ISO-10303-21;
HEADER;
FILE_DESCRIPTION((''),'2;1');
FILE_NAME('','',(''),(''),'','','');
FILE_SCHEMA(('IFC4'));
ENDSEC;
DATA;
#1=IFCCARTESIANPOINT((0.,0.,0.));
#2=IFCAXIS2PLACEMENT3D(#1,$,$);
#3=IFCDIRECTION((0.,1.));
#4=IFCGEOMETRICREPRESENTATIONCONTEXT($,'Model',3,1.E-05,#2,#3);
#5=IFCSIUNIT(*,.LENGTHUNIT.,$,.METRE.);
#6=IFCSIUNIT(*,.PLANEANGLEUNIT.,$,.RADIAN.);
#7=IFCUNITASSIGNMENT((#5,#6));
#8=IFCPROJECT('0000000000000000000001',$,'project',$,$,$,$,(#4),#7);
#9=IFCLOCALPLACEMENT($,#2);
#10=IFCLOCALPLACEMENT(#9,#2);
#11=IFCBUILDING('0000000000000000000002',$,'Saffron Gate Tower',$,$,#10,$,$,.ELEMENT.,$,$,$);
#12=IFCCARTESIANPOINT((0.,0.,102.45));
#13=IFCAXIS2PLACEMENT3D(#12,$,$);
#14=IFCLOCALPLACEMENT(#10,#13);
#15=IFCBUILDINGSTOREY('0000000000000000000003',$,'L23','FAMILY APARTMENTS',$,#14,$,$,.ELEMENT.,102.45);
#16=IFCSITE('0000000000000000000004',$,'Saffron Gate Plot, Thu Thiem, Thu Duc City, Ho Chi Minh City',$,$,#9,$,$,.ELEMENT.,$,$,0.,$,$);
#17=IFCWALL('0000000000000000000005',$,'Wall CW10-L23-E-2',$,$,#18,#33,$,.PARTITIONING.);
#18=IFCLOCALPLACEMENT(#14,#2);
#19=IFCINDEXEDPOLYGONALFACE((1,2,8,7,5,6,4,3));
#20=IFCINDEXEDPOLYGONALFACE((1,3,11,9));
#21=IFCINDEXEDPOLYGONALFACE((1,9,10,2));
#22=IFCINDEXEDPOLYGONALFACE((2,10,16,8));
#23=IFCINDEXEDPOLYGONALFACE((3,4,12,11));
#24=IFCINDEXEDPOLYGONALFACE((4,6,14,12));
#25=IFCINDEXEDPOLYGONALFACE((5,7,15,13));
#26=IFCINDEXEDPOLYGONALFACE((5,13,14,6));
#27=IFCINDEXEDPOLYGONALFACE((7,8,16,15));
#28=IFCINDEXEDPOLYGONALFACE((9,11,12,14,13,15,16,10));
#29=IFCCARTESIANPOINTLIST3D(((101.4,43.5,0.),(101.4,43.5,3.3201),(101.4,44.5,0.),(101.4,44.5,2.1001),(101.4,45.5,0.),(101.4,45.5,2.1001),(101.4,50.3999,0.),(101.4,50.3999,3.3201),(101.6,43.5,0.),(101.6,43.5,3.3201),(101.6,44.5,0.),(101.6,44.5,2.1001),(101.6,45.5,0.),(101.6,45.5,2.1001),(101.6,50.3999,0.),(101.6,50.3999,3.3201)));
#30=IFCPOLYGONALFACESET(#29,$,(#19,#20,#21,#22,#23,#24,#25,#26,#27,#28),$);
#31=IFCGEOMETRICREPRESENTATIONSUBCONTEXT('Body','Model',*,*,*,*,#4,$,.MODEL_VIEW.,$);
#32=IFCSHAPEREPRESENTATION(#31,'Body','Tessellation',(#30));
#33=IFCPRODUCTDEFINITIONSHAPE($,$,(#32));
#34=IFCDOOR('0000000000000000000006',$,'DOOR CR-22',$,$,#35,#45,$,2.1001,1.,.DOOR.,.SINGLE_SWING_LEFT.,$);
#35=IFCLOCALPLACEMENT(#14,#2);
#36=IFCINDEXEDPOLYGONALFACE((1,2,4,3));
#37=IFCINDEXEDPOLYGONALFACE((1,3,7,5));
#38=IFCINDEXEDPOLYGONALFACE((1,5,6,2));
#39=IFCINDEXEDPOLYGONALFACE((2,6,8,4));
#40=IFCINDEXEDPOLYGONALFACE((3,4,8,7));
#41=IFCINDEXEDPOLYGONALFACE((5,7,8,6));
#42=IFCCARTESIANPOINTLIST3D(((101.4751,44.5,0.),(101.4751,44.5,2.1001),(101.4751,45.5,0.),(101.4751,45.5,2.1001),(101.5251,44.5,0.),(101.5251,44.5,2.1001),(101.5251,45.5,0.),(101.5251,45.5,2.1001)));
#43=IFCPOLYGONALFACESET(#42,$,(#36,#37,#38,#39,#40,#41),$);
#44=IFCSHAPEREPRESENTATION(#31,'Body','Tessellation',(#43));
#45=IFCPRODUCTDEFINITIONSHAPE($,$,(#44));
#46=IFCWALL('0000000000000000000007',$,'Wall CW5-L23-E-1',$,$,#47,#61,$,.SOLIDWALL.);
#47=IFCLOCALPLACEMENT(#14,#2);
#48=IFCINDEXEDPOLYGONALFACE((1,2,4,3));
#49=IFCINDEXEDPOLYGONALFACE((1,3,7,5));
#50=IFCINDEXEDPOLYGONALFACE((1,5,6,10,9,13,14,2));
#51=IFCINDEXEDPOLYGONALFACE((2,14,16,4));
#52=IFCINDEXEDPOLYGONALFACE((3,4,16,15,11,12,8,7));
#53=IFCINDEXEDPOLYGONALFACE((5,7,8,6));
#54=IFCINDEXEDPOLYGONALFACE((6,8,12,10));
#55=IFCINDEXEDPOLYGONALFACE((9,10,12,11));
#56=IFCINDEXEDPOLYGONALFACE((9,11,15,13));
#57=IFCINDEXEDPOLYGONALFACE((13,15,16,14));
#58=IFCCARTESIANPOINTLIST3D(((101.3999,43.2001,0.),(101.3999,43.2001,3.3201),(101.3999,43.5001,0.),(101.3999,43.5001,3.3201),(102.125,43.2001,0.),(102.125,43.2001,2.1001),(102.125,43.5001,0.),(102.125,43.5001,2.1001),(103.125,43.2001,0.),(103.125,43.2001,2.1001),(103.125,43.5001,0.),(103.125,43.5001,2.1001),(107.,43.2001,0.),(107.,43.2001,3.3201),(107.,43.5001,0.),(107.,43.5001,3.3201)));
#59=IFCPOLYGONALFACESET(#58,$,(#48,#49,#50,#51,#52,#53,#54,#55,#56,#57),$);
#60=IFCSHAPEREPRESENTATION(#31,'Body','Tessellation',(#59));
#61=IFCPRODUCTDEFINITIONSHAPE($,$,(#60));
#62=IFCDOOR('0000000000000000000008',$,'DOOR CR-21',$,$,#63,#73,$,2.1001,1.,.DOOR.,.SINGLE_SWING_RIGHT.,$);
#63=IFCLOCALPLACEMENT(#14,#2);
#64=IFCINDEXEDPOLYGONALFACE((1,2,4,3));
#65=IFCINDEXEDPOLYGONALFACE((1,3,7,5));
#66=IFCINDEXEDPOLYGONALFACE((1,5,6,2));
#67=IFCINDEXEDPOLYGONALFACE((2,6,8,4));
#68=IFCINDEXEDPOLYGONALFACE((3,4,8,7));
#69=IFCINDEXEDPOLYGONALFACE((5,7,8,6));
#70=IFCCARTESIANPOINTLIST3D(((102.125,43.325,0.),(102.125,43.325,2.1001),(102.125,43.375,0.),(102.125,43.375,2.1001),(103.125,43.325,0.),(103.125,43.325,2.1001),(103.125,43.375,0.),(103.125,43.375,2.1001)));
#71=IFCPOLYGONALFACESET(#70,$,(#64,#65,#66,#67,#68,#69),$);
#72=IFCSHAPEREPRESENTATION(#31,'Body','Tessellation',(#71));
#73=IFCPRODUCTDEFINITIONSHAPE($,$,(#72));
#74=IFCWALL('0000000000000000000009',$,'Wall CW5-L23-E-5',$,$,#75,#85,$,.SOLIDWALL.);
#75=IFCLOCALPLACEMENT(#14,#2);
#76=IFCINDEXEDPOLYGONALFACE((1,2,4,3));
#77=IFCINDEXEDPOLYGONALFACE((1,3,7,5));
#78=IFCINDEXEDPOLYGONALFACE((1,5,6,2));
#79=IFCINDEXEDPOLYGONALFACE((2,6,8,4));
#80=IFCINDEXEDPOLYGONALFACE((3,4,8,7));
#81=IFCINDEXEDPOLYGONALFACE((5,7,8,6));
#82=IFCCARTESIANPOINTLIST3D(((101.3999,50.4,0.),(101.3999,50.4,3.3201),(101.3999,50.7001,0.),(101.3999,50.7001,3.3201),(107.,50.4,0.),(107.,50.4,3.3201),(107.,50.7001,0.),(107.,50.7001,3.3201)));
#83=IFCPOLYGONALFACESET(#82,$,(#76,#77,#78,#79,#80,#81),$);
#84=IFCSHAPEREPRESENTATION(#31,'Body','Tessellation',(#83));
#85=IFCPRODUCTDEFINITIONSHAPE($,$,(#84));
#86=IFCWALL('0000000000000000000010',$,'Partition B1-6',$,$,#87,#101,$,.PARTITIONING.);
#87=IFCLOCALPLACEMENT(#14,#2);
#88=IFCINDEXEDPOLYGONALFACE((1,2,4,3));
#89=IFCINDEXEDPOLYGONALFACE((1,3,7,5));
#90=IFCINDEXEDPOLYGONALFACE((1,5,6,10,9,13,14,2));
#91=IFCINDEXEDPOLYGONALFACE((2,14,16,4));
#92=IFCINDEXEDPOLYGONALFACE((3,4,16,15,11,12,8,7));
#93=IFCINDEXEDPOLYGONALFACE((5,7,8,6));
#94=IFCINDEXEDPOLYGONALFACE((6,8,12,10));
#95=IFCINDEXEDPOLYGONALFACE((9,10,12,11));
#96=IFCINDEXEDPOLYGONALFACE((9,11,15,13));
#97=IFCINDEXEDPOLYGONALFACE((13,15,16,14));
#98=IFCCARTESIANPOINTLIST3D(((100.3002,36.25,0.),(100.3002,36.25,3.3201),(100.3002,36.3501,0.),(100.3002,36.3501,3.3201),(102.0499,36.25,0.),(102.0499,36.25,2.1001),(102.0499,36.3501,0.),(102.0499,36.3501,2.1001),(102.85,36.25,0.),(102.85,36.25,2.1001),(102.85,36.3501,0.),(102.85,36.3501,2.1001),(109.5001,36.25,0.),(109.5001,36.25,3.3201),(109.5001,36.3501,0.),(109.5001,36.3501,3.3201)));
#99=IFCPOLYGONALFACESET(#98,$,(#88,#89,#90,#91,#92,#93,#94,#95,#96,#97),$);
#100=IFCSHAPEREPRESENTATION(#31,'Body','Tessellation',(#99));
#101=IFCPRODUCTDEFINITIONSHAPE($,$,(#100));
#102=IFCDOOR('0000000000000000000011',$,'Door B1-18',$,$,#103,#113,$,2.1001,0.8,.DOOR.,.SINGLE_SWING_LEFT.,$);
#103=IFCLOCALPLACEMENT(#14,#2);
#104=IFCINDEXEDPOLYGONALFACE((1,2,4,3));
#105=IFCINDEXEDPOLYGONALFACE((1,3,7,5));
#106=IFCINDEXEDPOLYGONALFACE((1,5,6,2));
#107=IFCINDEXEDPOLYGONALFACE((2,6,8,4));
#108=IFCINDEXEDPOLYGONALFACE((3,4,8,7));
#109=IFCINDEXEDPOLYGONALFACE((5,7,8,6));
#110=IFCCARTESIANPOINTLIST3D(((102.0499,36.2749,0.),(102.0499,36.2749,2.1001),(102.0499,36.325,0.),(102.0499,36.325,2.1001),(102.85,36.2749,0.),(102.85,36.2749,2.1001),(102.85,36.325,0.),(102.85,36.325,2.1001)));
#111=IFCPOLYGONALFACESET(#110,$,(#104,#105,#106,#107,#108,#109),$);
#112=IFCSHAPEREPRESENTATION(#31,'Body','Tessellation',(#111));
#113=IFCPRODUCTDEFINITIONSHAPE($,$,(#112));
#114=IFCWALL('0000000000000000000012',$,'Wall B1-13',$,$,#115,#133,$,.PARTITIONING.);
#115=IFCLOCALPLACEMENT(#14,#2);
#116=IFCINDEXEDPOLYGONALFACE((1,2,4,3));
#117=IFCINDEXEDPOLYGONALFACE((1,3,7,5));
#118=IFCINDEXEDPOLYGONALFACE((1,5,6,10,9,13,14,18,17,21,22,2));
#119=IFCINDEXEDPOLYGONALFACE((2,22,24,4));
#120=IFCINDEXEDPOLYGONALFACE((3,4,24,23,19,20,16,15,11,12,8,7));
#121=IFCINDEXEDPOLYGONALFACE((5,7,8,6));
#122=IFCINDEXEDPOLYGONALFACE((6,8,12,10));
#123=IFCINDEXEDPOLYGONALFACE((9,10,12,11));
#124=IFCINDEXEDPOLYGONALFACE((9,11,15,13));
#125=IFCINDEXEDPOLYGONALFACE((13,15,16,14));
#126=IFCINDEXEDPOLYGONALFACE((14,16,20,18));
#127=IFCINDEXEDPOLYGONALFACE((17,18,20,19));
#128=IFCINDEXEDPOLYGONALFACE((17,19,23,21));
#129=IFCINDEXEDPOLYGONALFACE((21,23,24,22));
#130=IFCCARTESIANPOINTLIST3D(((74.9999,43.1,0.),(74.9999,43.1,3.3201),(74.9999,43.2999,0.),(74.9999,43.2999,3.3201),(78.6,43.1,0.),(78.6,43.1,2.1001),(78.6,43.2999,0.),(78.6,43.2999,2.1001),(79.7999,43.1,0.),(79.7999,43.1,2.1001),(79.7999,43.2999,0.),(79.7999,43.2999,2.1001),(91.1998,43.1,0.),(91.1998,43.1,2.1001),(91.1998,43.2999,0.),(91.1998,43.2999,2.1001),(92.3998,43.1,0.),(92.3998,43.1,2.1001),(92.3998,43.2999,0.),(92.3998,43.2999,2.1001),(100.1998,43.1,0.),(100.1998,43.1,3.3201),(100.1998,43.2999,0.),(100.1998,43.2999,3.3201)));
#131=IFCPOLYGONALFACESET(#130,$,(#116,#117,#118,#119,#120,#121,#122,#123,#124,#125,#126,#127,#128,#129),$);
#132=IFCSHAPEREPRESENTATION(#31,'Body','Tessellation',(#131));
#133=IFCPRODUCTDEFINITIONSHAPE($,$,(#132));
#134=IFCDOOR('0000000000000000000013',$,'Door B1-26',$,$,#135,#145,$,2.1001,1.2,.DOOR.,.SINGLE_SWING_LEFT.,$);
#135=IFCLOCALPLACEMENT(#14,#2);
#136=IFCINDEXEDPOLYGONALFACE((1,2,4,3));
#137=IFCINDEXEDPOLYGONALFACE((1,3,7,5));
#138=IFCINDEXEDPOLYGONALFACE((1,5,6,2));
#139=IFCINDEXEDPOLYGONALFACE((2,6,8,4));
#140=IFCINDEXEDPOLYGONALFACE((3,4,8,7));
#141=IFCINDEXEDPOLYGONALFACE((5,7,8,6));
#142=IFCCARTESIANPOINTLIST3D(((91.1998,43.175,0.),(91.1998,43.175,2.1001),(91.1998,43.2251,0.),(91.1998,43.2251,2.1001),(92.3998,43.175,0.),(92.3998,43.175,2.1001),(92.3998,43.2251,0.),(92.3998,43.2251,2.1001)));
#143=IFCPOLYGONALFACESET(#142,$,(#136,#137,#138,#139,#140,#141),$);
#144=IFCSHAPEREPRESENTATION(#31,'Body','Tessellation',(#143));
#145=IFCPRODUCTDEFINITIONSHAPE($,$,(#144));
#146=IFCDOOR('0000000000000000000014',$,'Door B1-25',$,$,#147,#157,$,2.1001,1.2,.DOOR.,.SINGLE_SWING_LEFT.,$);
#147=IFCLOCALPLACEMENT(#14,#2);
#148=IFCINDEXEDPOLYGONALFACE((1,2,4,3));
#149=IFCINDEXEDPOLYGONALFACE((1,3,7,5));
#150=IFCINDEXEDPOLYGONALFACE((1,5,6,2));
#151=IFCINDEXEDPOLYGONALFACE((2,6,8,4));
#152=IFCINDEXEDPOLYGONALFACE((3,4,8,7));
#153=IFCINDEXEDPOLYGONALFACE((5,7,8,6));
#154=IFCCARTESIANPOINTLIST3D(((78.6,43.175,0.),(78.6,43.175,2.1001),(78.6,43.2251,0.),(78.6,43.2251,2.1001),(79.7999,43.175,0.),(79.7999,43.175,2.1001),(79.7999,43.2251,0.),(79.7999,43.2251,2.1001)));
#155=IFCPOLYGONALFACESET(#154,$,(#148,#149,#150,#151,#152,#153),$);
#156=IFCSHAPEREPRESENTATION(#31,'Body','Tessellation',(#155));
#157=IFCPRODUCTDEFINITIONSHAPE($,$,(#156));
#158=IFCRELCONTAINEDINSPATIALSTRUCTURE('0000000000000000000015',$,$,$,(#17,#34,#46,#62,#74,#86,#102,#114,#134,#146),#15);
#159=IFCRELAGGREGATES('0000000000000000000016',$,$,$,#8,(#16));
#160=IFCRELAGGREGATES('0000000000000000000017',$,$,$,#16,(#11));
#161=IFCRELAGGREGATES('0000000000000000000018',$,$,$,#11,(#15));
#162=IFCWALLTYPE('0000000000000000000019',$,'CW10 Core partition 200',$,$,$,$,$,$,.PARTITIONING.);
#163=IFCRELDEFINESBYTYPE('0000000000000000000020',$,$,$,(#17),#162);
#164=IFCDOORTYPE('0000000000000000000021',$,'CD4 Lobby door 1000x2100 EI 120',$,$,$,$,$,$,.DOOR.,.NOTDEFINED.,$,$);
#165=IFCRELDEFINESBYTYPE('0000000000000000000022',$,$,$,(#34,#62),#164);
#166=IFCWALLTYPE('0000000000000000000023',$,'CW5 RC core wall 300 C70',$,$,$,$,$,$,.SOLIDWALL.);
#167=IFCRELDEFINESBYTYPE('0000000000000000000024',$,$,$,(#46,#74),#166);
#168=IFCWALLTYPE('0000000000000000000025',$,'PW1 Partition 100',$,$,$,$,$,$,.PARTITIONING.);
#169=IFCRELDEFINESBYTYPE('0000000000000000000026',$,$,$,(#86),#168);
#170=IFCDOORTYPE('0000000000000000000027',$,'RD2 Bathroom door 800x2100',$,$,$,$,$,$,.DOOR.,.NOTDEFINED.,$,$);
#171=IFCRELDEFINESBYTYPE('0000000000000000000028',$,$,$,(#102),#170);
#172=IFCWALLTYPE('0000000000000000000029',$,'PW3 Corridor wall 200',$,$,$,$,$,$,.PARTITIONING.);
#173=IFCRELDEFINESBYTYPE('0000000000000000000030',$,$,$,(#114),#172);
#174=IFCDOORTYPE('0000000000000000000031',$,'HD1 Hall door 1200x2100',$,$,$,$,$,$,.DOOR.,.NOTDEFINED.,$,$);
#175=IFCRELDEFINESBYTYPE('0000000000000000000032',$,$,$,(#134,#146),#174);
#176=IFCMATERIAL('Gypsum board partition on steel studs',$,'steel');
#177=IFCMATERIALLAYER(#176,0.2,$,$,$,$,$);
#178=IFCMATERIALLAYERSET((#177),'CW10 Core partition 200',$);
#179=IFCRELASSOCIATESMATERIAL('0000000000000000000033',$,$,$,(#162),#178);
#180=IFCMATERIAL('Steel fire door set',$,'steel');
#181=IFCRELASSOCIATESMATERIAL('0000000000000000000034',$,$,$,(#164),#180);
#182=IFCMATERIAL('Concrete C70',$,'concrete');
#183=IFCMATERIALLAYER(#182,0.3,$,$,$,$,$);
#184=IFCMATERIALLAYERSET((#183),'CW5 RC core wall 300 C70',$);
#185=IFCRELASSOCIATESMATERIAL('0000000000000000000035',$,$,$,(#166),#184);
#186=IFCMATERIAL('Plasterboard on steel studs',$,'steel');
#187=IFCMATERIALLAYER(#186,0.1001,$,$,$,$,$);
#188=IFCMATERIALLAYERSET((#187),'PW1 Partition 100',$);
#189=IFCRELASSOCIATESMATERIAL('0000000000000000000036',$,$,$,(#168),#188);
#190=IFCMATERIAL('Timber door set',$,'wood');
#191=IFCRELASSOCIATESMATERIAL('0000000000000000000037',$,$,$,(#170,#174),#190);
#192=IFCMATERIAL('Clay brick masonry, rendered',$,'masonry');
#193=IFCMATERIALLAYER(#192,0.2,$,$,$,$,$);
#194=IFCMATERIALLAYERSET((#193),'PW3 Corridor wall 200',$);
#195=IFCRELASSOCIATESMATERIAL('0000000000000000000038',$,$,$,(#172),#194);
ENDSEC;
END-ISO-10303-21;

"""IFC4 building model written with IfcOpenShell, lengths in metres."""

from ifc_helpers import new_model, si_unit, direction, frame, frame_2d, origin, place, context, subcontext, project, spatial, rectangle, extrude, material, layer, layer_set, type_object, element, fill, save


model = new_model("IFC4")

# Units and contexts
model_context = context("Model", 3, precision=1e-05, world=origin(), true_north=direction((0.0, 1.0)))
body_context = subcontext(model_context, "Body", "Model", "MODEL_VIEW")
ifc_project = project(units=[si_unit("LENGTHUNIT", "METRE"), si_unit("PLANEANGLEUNIT", "RADIAN")], contexts=[model_context])

# Site, building, storey
site_placement = place(None, origin())
site = spatial("IfcSite", under=ifc_project, at=site_placement, Name="Saffron Gate Plot, Thu Thiem, Thu Duc City, Ho Chi Minh City", CompositionType="ELEMENT", RefElevation=0.0)
building_placement = place(site_placement, origin())
building = spatial("IfcBuilding", under=site, at=building_placement, Name="Saffron Gate Tower", CompositionType="ELEMENT")
storey_placement = place(building_placement, frame((0.0, 0.0, 102.45)))
storey = spatial("IfcBuildingStorey", under=building, at=storey_placement, Name="L23", Description="FAMILY APARTMENTS", CompositionType="ELEMENT", Elevation=102.45)

# Walls, openings, doors
ifc_material_1 = material(Name="Gypsum board partition on steel studs", Category="steel")
ifc_layer_1 = layer(ifc_material_1, 0.2)
ifc_layer_set_1 = layer_set([ifc_layer_1], Name="CW10 Core partition 200")
wall_type_1 = type_object("IfcWallType", Name="CW10 Core partition 200", PredefinedType="PARTITIONING", material=ifc_layer_set_1)
wall_1_placement = place(storey_placement, frame((101.5, 43.5, 0.0), z_axis=(0.0, 0.0, 1.0), x_axis=(0.0, 1.0, 0.0)))
wall_1 = element("IfcWall", 1, at=wall_1_placement, inside=storey, type_object=wall_type_1, Name="Wall CW10-L23-E-2", PredefinedType="PARTITIONING", context=body_context, shape_type="SweptSolid", body=[
    extrude(rectangle(XDim=6.8999, YDim=0.2, at=frame_2d((3.45, 0.0))), origin(), (0.0, 0.0, 1.0), 3.3201),
])
opening_1_placement = place(wall_1_placement, frame((1.0, 0.0, 0.0)))
opening_1 = element("IfcOpeningElement", 2, at=opening_1_placement, cuts=wall_1, PredefinedType="OPENING", context=body_context, shape_type="SweptSolid", body=[
    extrude(rectangle(XDim=1.0, YDim=2.1001, at=frame_2d((0.5, 1.05))), frame((0.0, 0.1099, 0.0), z_axis=(0.0, -1.0, 0.0), x_axis=(1.0, 0.0, 0.0)), (0.0, 0.0, 1.0), 0.22),
])
ifc_material_2 = material(Name="Steel fire door set", Category="steel")
door_type_1 = type_object("IfcDoorType", Name="CD4 Lobby door 1000x2100 EI 120", OperationType="NOTDEFINED", PredefinedType="DOOR", material=ifc_material_2)
door_1_placement = place(opening_1_placement, origin())
door_1 = element("IfcDoor", 3, at=door_1_placement, inside=storey, type_object=door_type_1, Name="DOOR CR-22", OperationType="SINGLE_SWING_LEFT", OverallHeight=2.1001, OverallWidth=1.0, PredefinedType="DOOR", context=body_context, shape_type="SweptSolid", body=[
    extrude(rectangle(XDim=1.0, YDim=2.1001, at=frame_2d((0.5, 1.05))), frame((0.0, 0.0249, 0.0), z_axis=(0.0, -1.0, 0.0), x_axis=(1.0, 0.0, 0.0)), (0.0, 0.0, 1.0), 0.05),
])
fill(opening_1, door_1)
ifc_material_3 = material(Name="Concrete C70", Category="concrete")
ifc_layer_2 = layer(ifc_material_3, 0.3)
ifc_layer_set_2 = layer_set([ifc_layer_2], Name="CW5 RC core wall 300 C70")
wall_type_2 = type_object("IfcWallType", Name="CW5 RC core wall 300 C70", PredefinedType="SOLIDWALL", material=ifc_layer_set_2)
wall_2_placement = place(storey_placement, frame((101.3999, 43.3501, 0.0), z_axis=(0.0, 0.0, 1.0), x_axis=(1.0, 0.0, 0.0)))
wall_2 = element("IfcWall", 4, at=wall_2_placement, inside=storey, type_object=wall_type_2, Name="Wall CW5-L23-E-1", PredefinedType="SOLIDWALL", context=body_context, shape_type="SweptSolid", body=[
    extrude(rectangle(XDim=5.6001, YDim=0.3, at=frame_2d((2.8, 0.0))), origin(), (0.0, 0.0, 1.0), 3.3201),
])
opening_2_placement = place(wall_2_placement, frame((0.7251, 0.0, 0.0)))
opening_2 = element("IfcOpeningElement", 5, at=opening_2_placement, cuts=wall_2, PredefinedType="OPENING", context=body_context, shape_type="SweptSolid", body=[
    extrude(rectangle(XDim=1.0, YDim=2.1001, at=frame_2d((0.5, 1.05))), frame((0.0, 0.1602, 0.0), z_axis=(0.0, -1.0, 0.0), x_axis=(1.0, 0.0, 0.0)), (0.0, 0.0, 1.0), 0.3201),
])
door_2_placement = place(opening_2_placement, origin())
door_2 = element("IfcDoor", 6, at=door_2_placement, inside=storey, type_object=door_type_1, Name="DOOR CR-21", OperationType="SINGLE_SWING_RIGHT", OverallHeight=2.1001, OverallWidth=1.0, PredefinedType="DOOR", context=body_context, shape_type="SweptSolid", body=[
    extrude(rectangle(XDim=1.0, YDim=2.1001, at=frame_2d((0.5, 1.05))), frame((0.0, 0.0249, 0.0), z_axis=(0.0, -1.0, 0.0), x_axis=(1.0, 0.0, 0.0)), (0.0, 0.0, 1.0), 0.05),
])
fill(opening_2, door_2)

# Wall
wall_3_placement = place(storey_placement, frame((101.3999, 50.55, 0.0), z_axis=(0.0, 0.0, 1.0), x_axis=(1.0, 0.0, 0.0)))
element("IfcWall", 7, at=wall_3_placement, inside=storey, type_object=wall_type_2, Name="Wall CW5-L23-E-5", PredefinedType="SOLIDWALL", context=body_context, shape_type="SweptSolid", body=[
    extrude(rectangle(XDim=5.6001, YDim=0.3, at=frame_2d((2.8, 0.0))), origin(), (0.0, 0.0, 1.0), 3.3201),
])

# Wall, opening, door
ifc_material_4 = material(Name="Plasterboard on steel studs", Category="steel")
ifc_layer_3 = layer(ifc_material_4, 0.1001)
ifc_layer_set_3 = layer_set([ifc_layer_3], Name="PW1 Partition 100")
wall_type_3 = type_object("IfcWallType", Name="PW1 Partition 100", PredefinedType="PARTITIONING", material=ifc_layer_set_3)
wall_4_placement = place(storey_placement, frame((100.3, 36.3, 0.0), z_axis=(0.0, 0.0, 1.0), x_axis=(1.0, 0.0, 0.0)))
wall_4 = element("IfcWall", 8, at=wall_4_placement, inside=storey, type_object=wall_type_3, Name="Partition B1-6", PredefinedType="PARTITIONING", context=body_context, shape_type="SweptSolid", body=[
    extrude(rectangle(XDim=9.2, YDim=0.1001, at=frame_2d((4.6001, 0.0))), origin(), (0.0, 0.0, 1.0), 3.3201),
])
opening_3_placement = place(wall_4_placement, frame((1.75, 0.0, 0.0)))
opening_3 = element("IfcOpeningElement", 9, at=opening_3_placement, cuts=wall_4, PredefinedType="OPENING", context=body_context, shape_type="SweptSolid", body=[
    extrude(rectangle(XDim=0.8, YDim=2.1001, at=frame_2d((0.3999, 1.05))), frame((0.0, 0.0601, 0.0), z_axis=(0.0, -1.0, 0.0), x_axis=(1.0, 0.0, 0.0)), (0.0, 0.0, 1.0), 0.1201),
])
ifc_material_5 = material(Name="Timber door set", Category="wood")
door_type_2 = type_object("IfcDoorType", Name="RD2 Bathroom door 800x2100", OperationType="NOTDEFINED", PredefinedType="DOOR", material=ifc_material_5)
door_3_placement = place(opening_3_placement, origin())
door_3 = element("IfcDoor", 10, at=door_3_placement, inside=storey, type_object=door_type_2, Name="Door B1-18", OperationType="SINGLE_SWING_LEFT", OverallHeight=2.1001, OverallWidth=0.8, PredefinedType="DOOR", context=body_context, shape_type="SweptSolid", body=[
    extrude(rectangle(XDim=0.8, YDim=2.1001, at=frame_2d((0.3999, 1.05))), frame((0.0, 0.0249, 0.0), z_axis=(0.0, -1.0, 0.0), x_axis=(1.0, 0.0, 0.0)), (0.0, 0.0, 1.0), 0.05),
])
fill(opening_3, door_3)

# Wall, openings, doors
ifc_material_6 = material(Name="Clay brick masonry, rendered", Category="masonry")
ifc_layer_4 = layer(ifc_material_6, 0.2)
ifc_layer_set_4 = layer_set([ifc_layer_4], Name="PW3 Corridor wall 200")
wall_type_4 = type_object("IfcWallType", Name="PW3 Corridor wall 200", PredefinedType="PARTITIONING", material=ifc_layer_set_4)
wall_5_placement = place(storey_placement, frame((100.2, 43.2, 0.0), z_axis=(0.0, 0.0, 1.0), x_axis=(-1.0, 0.0, 0.0)))
wall_5 = element("IfcWall", 11, at=wall_5_placement, inside=storey, type_object=wall_type_4, Name="Wall B1-13", PredefinedType="PARTITIONING", context=body_context, shape_type="SweptSolid", body=[
    extrude(rectangle(XDim=25.2, YDim=0.2, at=frame_2d((12.6001, 0.0))), origin(), (0.0, 0.0, 1.0), 3.3201),
])
opening_4_placement = place(wall_5_placement, frame((7.8, 0.0, 0.0)))
opening_4 = element("IfcOpeningElement", 12, at=opening_4_placement, cuts=wall_5, PredefinedType="OPENING", context=body_context, shape_type="SweptSolid", body=[
    extrude(rectangle(XDim=1.2, YDim=2.1001, at=frame_2d((0.6001, 1.05))), frame((0.0, 0.1099, 0.0), z_axis=(0.0, -1.0, 0.0), x_axis=(1.0, 0.0, 0.0)), (0.0, 0.0, 1.0), 0.22),
])
opening_5_placement = place(wall_5_placement, frame((20.3999, 0.0, 0.0)))
opening_5 = element("IfcOpeningElement", 13, at=opening_5_placement, cuts=wall_5, PredefinedType="OPENING", context=body_context, shape_type="SweptSolid", body=[
    extrude(rectangle(XDim=1.2, YDim=2.1001, at=frame_2d((0.6001, 1.05))), frame((0.0, 0.1099, 0.0), z_axis=(0.0, -1.0, 0.0), x_axis=(1.0, 0.0, 0.0)), (0.0, 0.0, 1.0), 0.22),
])
door_type_3 = type_object("IfcDoorType", Name="HD1 Hall door 1200x2100", OperationType="NOTDEFINED", PredefinedType="DOOR", material=ifc_material_5)
door_4_placement = place(opening_4_placement, origin())
door_4 = element("IfcDoor", 14, at=door_4_placement, inside=storey, type_object=door_type_3, Name="Door B1-26", OperationType="SINGLE_SWING_LEFT", OverallHeight=2.1001, OverallWidth=1.2, PredefinedType="DOOR", context=body_context, shape_type="SweptSolid", body=[
    extrude(rectangle(XDim=1.2, YDim=2.1001, at=frame_2d((0.6001, 1.05))), frame((0.0, 0.0249, 0.0), z_axis=(0.0, -1.0, 0.0), x_axis=(1.0, 0.0, 0.0)), (0.0, 0.0, 1.0), 0.05),
])
fill(opening_4, door_4)
door_5_placement = place(opening_5_placement, origin())
door_5 = element("IfcDoor", 15, at=door_5_placement, inside=storey, type_object=door_type_3, Name="Door B1-25", OperationType="SINGLE_SWING_LEFT", OverallHeight=2.1001, OverallWidth=1.2, PredefinedType="DOOR", context=body_context, shape_type="SweptSolid", body=[
    extrude(rectangle(XDim=1.2, YDim=2.1001, at=frame_2d((0.6001, 1.05))), frame((0.0, 0.0249, 0.0), z_axis=(0.0, -1.0, 0.0), x_axis=(1.0, 0.0, 0.0)), (0.0, 0.0, 1.0), 0.05),
])
fill(opening_5, door_5)

save(model, "model.ifc")
